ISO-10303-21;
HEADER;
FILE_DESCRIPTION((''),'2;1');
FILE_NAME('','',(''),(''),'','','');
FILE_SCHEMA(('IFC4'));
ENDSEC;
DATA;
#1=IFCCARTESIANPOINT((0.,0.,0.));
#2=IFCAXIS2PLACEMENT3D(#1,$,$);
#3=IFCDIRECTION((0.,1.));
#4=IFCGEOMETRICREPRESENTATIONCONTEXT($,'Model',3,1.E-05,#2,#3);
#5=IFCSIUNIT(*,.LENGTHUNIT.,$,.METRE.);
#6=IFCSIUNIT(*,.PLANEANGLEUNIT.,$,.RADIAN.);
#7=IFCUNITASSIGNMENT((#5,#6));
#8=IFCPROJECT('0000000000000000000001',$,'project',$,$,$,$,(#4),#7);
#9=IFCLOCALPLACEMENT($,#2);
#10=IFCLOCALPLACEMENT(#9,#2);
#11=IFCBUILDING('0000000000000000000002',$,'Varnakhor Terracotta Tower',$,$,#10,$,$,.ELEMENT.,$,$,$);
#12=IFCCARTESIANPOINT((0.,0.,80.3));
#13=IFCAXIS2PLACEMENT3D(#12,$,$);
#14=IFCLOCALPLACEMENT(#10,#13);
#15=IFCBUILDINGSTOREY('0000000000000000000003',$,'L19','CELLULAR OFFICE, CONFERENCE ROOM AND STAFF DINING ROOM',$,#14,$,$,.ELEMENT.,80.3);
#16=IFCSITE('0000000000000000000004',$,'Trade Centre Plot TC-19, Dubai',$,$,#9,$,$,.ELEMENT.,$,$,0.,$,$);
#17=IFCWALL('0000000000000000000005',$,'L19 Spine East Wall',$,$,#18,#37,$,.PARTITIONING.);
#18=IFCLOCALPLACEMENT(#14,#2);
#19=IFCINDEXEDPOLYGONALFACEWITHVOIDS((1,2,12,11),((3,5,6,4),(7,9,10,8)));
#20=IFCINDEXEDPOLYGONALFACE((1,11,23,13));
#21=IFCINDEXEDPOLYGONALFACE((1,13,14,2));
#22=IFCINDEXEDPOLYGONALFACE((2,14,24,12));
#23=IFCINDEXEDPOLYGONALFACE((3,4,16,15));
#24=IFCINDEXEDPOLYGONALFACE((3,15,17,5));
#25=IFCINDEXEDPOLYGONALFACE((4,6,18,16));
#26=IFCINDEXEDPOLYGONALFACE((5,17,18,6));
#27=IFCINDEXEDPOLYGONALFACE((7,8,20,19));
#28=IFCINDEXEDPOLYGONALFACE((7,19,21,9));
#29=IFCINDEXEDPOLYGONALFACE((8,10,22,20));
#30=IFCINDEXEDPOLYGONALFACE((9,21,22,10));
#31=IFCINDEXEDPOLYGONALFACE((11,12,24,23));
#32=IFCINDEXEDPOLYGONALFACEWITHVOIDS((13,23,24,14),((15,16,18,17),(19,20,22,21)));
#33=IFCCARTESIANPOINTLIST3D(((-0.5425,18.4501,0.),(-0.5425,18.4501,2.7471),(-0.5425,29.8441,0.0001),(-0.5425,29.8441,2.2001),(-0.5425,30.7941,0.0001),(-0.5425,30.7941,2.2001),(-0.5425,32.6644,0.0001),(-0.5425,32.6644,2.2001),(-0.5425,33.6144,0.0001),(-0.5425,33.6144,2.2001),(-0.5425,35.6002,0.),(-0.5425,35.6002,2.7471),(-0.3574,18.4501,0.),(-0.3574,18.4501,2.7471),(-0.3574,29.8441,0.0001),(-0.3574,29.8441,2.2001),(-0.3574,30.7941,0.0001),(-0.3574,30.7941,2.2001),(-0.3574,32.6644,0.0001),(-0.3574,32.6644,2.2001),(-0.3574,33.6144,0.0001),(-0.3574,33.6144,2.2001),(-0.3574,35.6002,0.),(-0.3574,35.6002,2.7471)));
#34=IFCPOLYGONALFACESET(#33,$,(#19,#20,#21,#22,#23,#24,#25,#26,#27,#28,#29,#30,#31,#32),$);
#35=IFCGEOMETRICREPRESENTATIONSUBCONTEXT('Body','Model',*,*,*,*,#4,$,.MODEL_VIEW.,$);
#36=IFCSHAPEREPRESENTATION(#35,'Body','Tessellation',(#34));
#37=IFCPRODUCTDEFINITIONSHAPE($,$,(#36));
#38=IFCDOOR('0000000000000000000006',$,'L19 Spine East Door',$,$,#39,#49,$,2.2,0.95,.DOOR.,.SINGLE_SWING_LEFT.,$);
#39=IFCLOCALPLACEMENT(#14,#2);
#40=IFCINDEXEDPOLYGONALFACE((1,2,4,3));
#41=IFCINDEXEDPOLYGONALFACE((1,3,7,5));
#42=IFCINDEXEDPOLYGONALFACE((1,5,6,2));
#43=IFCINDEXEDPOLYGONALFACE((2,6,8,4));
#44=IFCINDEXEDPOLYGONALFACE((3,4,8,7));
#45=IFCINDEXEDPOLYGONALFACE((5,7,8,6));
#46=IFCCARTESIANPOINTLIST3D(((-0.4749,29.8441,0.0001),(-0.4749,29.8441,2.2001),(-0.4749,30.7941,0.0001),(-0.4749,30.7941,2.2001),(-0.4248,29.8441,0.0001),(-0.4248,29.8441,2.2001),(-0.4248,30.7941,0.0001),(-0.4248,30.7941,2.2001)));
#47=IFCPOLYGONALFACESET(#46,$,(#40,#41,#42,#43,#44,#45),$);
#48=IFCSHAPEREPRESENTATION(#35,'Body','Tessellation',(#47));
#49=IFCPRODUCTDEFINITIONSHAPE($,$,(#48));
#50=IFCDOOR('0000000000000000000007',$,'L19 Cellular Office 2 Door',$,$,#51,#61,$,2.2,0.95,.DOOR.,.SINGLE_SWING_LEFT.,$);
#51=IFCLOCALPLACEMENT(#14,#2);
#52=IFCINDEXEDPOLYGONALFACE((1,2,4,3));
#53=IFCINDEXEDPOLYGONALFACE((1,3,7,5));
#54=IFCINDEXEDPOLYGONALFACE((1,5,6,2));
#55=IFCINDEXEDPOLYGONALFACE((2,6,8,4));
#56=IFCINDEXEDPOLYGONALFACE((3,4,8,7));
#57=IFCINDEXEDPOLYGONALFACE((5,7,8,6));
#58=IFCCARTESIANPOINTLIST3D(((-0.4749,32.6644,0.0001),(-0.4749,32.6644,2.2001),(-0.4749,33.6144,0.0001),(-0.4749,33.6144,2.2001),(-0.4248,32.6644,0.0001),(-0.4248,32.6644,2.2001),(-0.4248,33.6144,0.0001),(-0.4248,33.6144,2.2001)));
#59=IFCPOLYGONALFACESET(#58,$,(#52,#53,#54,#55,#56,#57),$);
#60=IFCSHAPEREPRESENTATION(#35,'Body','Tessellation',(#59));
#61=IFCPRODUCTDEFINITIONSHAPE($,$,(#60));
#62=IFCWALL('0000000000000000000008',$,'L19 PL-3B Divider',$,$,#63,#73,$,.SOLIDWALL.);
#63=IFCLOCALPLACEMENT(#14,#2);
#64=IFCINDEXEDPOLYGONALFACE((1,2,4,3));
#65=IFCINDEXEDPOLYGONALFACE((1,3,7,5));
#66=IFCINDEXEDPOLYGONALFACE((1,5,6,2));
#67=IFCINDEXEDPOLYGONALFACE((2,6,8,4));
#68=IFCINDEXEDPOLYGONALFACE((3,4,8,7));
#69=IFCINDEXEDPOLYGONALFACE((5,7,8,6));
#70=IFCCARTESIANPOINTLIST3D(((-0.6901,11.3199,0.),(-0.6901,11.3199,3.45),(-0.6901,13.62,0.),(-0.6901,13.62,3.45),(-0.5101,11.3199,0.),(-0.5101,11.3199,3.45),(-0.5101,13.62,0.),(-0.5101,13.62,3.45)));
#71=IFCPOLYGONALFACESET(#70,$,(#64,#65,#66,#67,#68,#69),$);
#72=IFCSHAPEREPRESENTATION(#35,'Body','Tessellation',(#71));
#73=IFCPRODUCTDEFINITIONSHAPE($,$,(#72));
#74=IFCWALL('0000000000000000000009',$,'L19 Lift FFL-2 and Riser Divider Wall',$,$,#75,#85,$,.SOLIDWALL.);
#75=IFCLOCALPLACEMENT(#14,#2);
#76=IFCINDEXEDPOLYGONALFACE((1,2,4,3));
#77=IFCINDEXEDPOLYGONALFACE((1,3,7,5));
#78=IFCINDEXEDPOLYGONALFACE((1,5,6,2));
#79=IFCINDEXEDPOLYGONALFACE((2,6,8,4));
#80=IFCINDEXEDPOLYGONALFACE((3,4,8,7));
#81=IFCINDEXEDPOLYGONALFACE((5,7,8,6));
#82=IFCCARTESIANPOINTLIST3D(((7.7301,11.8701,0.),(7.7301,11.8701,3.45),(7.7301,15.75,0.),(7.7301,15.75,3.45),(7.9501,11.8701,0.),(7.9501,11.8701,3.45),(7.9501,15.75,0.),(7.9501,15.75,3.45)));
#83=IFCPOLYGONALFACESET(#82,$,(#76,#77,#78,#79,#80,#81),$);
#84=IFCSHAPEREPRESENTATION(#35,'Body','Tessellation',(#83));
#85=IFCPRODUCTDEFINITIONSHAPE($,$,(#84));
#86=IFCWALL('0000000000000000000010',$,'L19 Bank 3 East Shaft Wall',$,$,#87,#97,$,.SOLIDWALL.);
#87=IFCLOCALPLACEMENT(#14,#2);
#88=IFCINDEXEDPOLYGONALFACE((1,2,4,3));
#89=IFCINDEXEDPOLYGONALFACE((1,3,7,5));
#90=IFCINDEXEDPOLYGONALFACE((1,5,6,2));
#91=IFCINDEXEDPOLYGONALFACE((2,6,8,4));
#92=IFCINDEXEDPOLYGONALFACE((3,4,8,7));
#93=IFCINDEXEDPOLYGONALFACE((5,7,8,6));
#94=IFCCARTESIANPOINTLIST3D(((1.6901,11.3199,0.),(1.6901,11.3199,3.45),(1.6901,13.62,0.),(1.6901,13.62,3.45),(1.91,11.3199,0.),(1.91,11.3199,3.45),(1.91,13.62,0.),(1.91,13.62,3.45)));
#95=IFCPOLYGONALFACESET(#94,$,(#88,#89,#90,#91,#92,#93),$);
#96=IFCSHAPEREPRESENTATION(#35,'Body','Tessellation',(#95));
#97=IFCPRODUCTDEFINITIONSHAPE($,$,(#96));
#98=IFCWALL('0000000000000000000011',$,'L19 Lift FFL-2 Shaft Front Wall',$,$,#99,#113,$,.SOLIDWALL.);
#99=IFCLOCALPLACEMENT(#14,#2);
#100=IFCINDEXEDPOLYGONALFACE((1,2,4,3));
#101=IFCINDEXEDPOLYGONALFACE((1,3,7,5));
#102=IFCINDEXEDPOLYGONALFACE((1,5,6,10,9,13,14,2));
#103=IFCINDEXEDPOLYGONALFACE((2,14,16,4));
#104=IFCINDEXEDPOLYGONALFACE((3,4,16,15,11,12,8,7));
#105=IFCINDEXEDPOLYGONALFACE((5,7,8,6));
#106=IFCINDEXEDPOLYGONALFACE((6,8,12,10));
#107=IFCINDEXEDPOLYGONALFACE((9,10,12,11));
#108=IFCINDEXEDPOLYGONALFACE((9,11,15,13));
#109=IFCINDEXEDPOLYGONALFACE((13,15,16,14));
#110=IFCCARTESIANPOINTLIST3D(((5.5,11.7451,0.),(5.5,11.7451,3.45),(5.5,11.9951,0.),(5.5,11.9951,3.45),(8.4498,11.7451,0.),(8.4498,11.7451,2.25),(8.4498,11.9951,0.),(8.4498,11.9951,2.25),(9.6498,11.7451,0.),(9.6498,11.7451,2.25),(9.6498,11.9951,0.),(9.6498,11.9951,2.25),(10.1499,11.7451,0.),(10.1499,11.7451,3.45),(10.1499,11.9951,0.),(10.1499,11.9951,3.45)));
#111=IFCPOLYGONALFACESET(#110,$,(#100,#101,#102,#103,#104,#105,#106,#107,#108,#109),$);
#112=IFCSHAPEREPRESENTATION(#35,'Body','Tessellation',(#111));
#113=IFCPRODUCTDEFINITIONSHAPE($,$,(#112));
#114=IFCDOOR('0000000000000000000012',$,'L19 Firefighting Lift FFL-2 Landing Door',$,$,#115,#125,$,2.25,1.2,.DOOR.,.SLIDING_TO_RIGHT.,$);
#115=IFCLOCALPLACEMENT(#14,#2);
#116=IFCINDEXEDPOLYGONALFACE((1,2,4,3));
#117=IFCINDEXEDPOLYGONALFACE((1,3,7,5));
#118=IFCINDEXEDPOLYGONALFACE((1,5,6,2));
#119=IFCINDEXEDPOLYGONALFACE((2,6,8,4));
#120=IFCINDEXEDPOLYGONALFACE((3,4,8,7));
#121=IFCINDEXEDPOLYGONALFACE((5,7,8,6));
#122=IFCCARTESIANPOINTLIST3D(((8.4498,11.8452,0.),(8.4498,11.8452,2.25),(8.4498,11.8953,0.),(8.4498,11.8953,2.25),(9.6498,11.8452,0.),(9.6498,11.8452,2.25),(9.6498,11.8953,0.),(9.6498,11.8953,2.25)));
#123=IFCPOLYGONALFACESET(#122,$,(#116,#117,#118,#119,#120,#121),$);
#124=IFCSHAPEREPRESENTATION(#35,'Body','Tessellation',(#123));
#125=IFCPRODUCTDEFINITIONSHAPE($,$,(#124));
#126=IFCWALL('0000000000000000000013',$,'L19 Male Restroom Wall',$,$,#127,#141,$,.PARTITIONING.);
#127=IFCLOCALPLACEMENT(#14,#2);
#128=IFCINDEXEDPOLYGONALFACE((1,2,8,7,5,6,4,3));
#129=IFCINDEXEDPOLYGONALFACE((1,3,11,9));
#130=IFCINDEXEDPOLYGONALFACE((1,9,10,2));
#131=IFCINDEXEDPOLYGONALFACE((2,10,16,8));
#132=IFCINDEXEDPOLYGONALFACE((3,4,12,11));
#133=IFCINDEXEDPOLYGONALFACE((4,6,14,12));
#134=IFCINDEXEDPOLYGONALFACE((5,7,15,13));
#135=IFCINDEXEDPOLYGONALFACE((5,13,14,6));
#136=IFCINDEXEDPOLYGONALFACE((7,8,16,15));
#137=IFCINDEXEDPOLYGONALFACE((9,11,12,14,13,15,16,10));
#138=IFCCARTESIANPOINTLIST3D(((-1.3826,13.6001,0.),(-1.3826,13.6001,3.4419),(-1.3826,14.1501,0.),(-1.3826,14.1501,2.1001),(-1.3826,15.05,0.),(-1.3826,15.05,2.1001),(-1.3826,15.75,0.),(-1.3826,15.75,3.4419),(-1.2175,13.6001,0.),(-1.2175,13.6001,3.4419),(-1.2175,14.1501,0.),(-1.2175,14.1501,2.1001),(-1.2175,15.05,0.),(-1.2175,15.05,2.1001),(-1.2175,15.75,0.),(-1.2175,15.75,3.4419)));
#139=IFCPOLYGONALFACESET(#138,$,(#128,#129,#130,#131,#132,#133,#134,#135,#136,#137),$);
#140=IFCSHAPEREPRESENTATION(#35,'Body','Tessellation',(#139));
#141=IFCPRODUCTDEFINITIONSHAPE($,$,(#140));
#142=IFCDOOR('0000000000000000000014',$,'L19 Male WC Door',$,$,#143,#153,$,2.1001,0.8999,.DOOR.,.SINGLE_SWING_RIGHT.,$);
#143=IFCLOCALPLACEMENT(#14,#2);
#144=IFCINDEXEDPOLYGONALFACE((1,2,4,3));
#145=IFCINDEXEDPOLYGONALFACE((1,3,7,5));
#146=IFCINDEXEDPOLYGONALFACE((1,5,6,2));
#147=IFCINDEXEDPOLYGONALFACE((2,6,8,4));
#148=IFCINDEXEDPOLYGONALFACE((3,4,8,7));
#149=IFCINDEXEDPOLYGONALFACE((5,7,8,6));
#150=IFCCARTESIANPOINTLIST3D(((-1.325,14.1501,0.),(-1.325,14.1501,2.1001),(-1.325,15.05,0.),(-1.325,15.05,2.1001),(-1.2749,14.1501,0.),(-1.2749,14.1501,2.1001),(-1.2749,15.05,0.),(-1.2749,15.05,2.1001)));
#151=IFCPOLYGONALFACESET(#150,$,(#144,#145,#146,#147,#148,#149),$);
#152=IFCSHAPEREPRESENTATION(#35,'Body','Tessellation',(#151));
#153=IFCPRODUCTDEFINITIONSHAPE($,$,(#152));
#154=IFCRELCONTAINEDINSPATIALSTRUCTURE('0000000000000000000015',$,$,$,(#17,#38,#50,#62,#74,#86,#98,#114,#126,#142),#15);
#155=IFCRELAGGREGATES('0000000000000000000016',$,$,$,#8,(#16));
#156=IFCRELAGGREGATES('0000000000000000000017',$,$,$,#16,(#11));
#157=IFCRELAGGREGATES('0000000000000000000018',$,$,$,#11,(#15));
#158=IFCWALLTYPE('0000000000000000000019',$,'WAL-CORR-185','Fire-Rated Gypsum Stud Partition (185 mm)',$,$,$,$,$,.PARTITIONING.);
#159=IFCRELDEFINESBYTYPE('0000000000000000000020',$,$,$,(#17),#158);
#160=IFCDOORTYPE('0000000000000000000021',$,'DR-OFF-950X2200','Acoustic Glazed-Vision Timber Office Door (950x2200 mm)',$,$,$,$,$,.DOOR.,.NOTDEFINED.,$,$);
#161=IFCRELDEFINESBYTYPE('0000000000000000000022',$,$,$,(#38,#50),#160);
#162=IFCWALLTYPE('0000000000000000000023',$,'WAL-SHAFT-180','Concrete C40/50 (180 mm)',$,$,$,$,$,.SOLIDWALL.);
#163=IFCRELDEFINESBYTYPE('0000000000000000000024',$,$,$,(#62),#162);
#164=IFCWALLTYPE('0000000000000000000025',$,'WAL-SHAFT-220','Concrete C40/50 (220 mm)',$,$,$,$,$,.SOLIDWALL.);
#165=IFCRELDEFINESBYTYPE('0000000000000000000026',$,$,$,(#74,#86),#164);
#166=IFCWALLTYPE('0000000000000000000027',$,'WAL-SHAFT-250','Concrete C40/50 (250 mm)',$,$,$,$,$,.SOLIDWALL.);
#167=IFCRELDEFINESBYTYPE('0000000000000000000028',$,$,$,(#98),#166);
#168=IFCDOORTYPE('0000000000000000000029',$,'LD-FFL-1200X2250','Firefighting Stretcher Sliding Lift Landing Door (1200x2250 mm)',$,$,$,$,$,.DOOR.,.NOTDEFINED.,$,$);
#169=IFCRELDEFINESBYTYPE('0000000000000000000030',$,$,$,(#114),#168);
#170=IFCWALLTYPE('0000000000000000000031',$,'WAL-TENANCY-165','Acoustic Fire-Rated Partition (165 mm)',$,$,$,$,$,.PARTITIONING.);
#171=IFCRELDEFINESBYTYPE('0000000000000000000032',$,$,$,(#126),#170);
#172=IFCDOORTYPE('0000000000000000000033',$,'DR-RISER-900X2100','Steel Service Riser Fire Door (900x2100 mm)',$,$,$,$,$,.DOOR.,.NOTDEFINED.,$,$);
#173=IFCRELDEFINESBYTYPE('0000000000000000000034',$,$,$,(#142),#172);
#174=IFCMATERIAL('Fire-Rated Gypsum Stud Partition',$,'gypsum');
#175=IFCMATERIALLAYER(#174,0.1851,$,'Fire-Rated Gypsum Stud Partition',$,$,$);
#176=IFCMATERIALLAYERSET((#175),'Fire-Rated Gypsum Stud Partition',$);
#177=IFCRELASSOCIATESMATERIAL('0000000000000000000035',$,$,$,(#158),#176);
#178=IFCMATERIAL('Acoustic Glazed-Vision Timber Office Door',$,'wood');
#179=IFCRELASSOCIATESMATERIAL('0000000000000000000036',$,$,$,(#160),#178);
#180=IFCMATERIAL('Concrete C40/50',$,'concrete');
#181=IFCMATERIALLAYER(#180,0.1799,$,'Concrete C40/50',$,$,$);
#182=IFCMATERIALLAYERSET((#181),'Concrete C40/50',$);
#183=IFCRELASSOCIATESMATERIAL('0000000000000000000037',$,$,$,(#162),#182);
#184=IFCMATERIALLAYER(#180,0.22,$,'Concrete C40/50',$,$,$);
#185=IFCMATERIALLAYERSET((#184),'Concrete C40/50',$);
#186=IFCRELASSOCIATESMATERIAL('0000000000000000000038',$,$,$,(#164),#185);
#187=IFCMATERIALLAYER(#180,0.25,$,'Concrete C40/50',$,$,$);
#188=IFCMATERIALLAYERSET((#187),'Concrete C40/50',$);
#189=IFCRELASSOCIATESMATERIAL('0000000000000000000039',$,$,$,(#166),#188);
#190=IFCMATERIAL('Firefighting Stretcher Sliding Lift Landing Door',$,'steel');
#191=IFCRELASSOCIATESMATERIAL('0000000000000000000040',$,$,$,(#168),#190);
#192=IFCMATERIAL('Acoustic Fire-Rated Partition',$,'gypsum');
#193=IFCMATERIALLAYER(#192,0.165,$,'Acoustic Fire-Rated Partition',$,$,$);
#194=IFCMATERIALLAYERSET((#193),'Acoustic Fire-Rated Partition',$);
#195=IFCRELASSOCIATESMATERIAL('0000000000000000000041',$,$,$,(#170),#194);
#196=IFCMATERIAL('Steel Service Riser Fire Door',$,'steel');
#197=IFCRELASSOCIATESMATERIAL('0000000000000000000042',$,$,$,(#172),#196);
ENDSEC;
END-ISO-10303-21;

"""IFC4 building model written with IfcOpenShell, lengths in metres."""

from ifc_helpers import new_model, si_unit, direction, frame, frame_2d, origin, place, context, subcontext, project, spatial, rectangle, extrude, source, transform, mapped, material, layer, layer_set, type_object, type_shapes, element, fill, save


model = new_model("IFC4")

# Units and contexts
model_context = context("Model", 3, precision=1e-05, world=origin(), true_north=direction((0.0, 1.0)))
body_context = subcontext(model_context, "Body", "Model", "MODEL_VIEW")
ifc_project = project(units=[si_unit("LENGTHUNIT", "METRE"), si_unit("PLANEANGLEUNIT", "RADIAN")], contexts=[model_context])

# Site, building, storey
site_placement = place(None, origin())
site = spatial("IfcSite", under=ifc_project, at=site_placement, Name="Trade Centre Plot TC-19, Dubai", CompositionType="ELEMENT", RefElevation=0.0)
building_placement = place(site_placement, origin())
building = spatial("IfcBuilding", under=site, at=building_placement, Name="Varnakhor Terracotta Tower", CompositionType="ELEMENT")
storey_placement = place(building_placement, frame((0.0, 0.0, 80.3)))
storey = spatial("IfcBuildingStorey", under=building, at=storey_placement, Name="L19", Description="CELLULAR OFFICE, CONFERENCE ROOM AND STAFF DINING ROOM", CompositionType="ELEMENT", Elevation=80.3)

# Shared definitions
ifc_material_1 = material(Name="Fire-Rated Gypsum Stud Partition", Category="gypsum")
ifc_layer_1 = layer(ifc_material_1, 0.1851, Name="Fire-Rated Gypsum Stud Partition")
ifc_layer_set_1 = layer_set([ifc_layer_1], Name="Fire-Rated Gypsum Stud Partition")
wall_type_1 = type_object("IfcWallType", Name="WAL-CORR-185", Description="Fire-Rated Gypsum Stud Partition (185 mm)", PredefinedType="PARTITIONING", material=ifc_layer_set_1)
ifc_material_2 = material(Name="Acoustic Glazed-Vision Timber Office Door", Category="wood")
door_type_1 = type_object("IfcDoorType", Name="DR-OFF-950X2200", Description="Acoustic Glazed-Vision Timber Office Door (950x2200 mm)", OperationType="NOTDEFINED", PredefinedType="DOOR", material=ifc_material_2)
shared_shape_1 = source(origin(), body_context, "Body", "SweptSolid", [
    extrude(rectangle(XDim=0.95, YDim=2.2, at=frame_2d((0.4751, 1.1001))), frame((0.0, 0.0249, 0.0), z_axis=(0.0, -1.0, 0.0), x_axis=(1.0, 0.0, 0.0)), (0.0, 0.0, 1.0), 0.05),
])
type_shapes(door_type_1, [shared_shape_1])

# Wall, openings, doors
wall_1_placement = place(storey_placement, frame((-0.45, 18.45, 0.0), z_axis=(0.0, 0.0, 1.0), x_axis=(0.0, 1.0, 0.0)))
wall_1 = element("IfcWall", 1, at=wall_1_placement, inside=storey, type_object=wall_type_1, Name="L19 Spine East Wall", PredefinedType="PARTITIONING", context=body_context, shape_type="SweptSolid", body=[
    extrude(rectangle(XDim=17.1501, YDim=0.1851, at=frame_2d((8.5752, 0.0))), origin(), (0.0, 0.0, 1.0), 2.7471),
])
opening_1_placement = place(wall_1_placement, frame((11.394, 0.0, 0.0)))
opening_1 = element("IfcOpeningElement", 2, at=opening_1_placement, cuts=wall_1, PredefinedType="OPENING", context=body_context, shape_type="SweptSolid", body=[
    extrude(rectangle(XDim=0.95, YDim=2.2, at=frame_2d((0.4751, 1.1001))), frame((0.0, 0.1025, 0.0), z_axis=(0.0, -1.0, 0.0), x_axis=(1.0, 0.0, 0.0)), (0.0, 0.0, 1.0), 0.2051),
])
opening_2_placement = place(wall_1_placement, frame((14.2144, 0.0, 0.0)))
opening_2 = element("IfcOpeningElement", 3, at=opening_2_placement, cuts=wall_1, PredefinedType="OPENING", context=body_context, shape_type="SweptSolid", body=[
    extrude(rectangle(XDim=0.95, YDim=2.2, at=frame_2d((0.4751, 1.1001))), frame((0.0, 0.1025, 0.0), z_axis=(0.0, -1.0, 0.0), x_axis=(1.0, 0.0, 0.0)), (0.0, 0.0, 1.0), 0.2051),
])
door_1_placement = place(opening_1_placement, origin())
door_1 = element("IfcDoor", 4, at=door_1_placement, inside=storey, type_object=door_type_1, Name="L19 Spine East Door", OperationType="SINGLE_SWING_LEFT", OverallHeight=2.2, OverallWidth=0.95, PredefinedType="DOOR", context=body_context, shape_type="MappedRepresentation", body=[
    mapped(shared_shape_1, transform((0.0, 0.0, 0.0), scale=1.0)),
])
fill(opening_1, door_1)
door_2_placement = place(opening_2_placement, origin())
door_2 = element("IfcDoor", 5, at=door_2_placement, inside=storey, type_object=door_type_1, Name="L19 Cellular Office 2 Door", OperationType="SINGLE_SWING_LEFT", OverallHeight=2.2, OverallWidth=0.95, PredefinedType="DOOR", context=body_context, shape_type="MappedRepresentation", body=[
    mapped(shared_shape_1, transform((0.0, 0.0, 0.0), scale=1.0)),
])
fill(opening_2, door_2)

# Walls
ifc_material_3 = material(Name="Concrete C40/50", Category="concrete")
ifc_layer_2 = layer(ifc_material_3, 0.1799, Name="Concrete C40/50")
ifc_layer_set_2 = layer_set([ifc_layer_2], Name="Concrete C40/50")
wall_type_2 = type_object("IfcWallType", Name="WAL-SHAFT-180", Description="Concrete C40/50 (180 mm)", PredefinedType="SOLIDWALL", material=ifc_layer_set_2)
wall_2_placement = place(storey_placement, frame((-0.6001, 11.3201, 0.0), z_axis=(0.0, 0.0, 1.0), x_axis=(0.0, 1.0, 0.0)))
element("IfcWall", 6, at=wall_2_placement, inside=storey, type_object=wall_type_2, Name="L19 PL-3B Divider", PredefinedType="SOLIDWALL", context=body_context, shape_type="SweptSolid", body=[
    extrude(rectangle(XDim=2.3, YDim=0.1799, at=frame_2d((1.1499, 0.0))), origin(), (0.0, 0.0, 1.0), 3.45),
])
ifc_layer_3 = layer(ifc_material_3, 0.22, Name="Concrete C40/50")
ifc_layer_set_3 = layer_set([ifc_layer_3], Name="Concrete C40/50")
wall_type_3 = type_object("IfcWallType", Name="WAL-SHAFT-220", Description="Concrete C40/50 (220 mm)", PredefinedType="SOLIDWALL", material=ifc_layer_set_3)
wall_3_placement = place(storey_placement, frame((7.8401, 11.8701, 0.0), z_axis=(0.0, 0.0, 1.0), x_axis=(0.0, 1.0, 0.0)))
element("IfcWall", 7, at=wall_3_placement, inside=storey, type_object=wall_type_3, Name="L19 Lift FFL-2 and Riser Divider Wall", PredefinedType="SOLIDWALL", context=body_context, shape_type="SweptSolid", body=[
    extrude(rectangle(XDim=3.8799, YDim=0.22, at=frame_2d((1.9399, 0.0))), origin(), (0.0, 0.0, 1.0), 3.45),
])
wall_4_placement = place(storey_placement, frame((1.8, 11.3201, 0.0), z_axis=(0.0, 0.0, 1.0), x_axis=(0.0, 1.0, 0.0)))
element("IfcWall", 8, at=wall_4_placement, inside=storey, type_object=wall_type_3, Name="L19 Bank 3 East Shaft Wall", PredefinedType="SOLIDWALL", context=body_context, shape_type="SweptSolid", body=[
    extrude(rectangle(XDim=2.3, YDim=0.22, at=frame_2d((1.1499, 0.0))), origin(), (0.0, 0.0, 1.0), 3.45),
])

# Walls, openings, doors
ifc_layer_4 = layer(ifc_material_3, 0.25, Name="Concrete C40/50")
ifc_layer_set_4 = layer_set([ifc_layer_4], Name="Concrete C40/50")
wall_type_4 = type_object("IfcWallType", Name="WAL-SHAFT-250", Description="Concrete C40/50 (250 mm)", PredefinedType="SOLIDWALL", material=ifc_layer_set_4)
wall_5_placement = place(storey_placement, frame((10.1499, 11.8701, 0.0), z_axis=(0.0, 0.0, 1.0), x_axis=(-1.0, 0.0, 0.0)))
wall_5 = element("IfcWall", 9, at=wall_5_placement, inside=storey, type_object=wall_type_4, Name="L19 Lift FFL-2 Shaft Front Wall", PredefinedType="SOLIDWALL", context=body_context, shape_type="SweptSolid", body=[
    extrude(rectangle(XDim=4.6499, YDim=0.25, at=frame_2d((2.325, 0.0))), origin(), (0.0, 0.0, 1.0), 3.45),
])
opening_3_placement = place(wall_5_placement, frame((0.5, 0.0, 0.0)))
opening_3 = element("IfcOpeningElement", 10, at=opening_3_placement, cuts=wall_5, PredefinedType="OPENING", context=body_context, shape_type="SweptSolid", body=[
    extrude(rectangle(XDim=1.2, YDim=2.25, at=frame_2d((0.6001, 1.125))), frame((0.0, 0.135, 0.0), z_axis=(0.0, -1.0, 0.0), x_axis=(1.0, 0.0, 0.0)), (0.0, 0.0, 1.0), 0.27),
])
ifc_material_4 = material(Name="Firefighting Stretcher Sliding Lift Landing Door", Category="steel")
door_type_2 = type_object("IfcDoorType", Name="LD-FFL-1200X2250", Description="Firefighting Stretcher Sliding Lift Landing Door (1200x2250 mm)", OperationType="NOTDEFINED", PredefinedType="DOOR", material=ifc_material_4)
shared_shape_2 = source(origin(), body_context, "Body", "SweptSolid", [
    extrude(rectangle(XDim=1.2, YDim=2.25, at=frame_2d((0.6001, 1.125))), frame((0.0, 0.0249, 0.0), z_axis=(0.0, -1.0, 0.0), x_axis=(1.0, 0.0, 0.0)), (0.0, 0.0, 1.0), 0.05),
])
type_shapes(door_type_2, [shared_shape_2])
door_3_placement = place(opening_3_placement, origin())
door_3 = element("IfcDoor", 11, at=door_3_placement, inside=storey, type_object=door_type_2, Name="L19 Firefighting Lift FFL-2 Landing Door", OperationType="SLIDING_TO_RIGHT", OverallHeight=2.25, OverallWidth=1.2, PredefinedType="DOOR", context=body_context, shape_type="MappedRepresentation", body=[
    mapped(shared_shape_2, transform((0.0, 0.0, 0.0), scale=1.0)),
])
fill(opening_3, door_3)
ifc_material_5 = material(Name="Acoustic Fire-Rated Partition", Category="gypsum")
ifc_layer_5 = layer(ifc_material_5, 0.165, Name="Acoustic Fire-Rated Partition")
ifc_layer_set_5 = layer_set([ifc_layer_5], Name="Acoustic Fire-Rated Partition")
wall_type_5 = type_object("IfcWallType", Name="WAL-TENANCY-165", Description="Acoustic Fire-Rated Partition (165 mm)", PredefinedType="PARTITIONING", material=ifc_layer_set_5)
wall_6_placement = place(storey_placement, frame((-1.3, 13.6001, 0.0), z_axis=(0.0, 0.0, 1.0), x_axis=(0.0, 1.0, 0.0)))
wall_6 = element("IfcWall", 12, at=wall_6_placement, inside=storey, type_object=wall_type_5, Name="L19 Male Restroom Wall", PredefinedType="PARTITIONING", context=body_context, shape_type="SweptSolid", body=[
    extrude(rectangle(XDim=2.1499, YDim=0.165, at=frame_2d((1.075, 0.0))), origin(), (0.0, 0.0, 1.0), 3.4419),
])
opening_4_placement = place(wall_6_placement, frame((0.55, 0.0, 0.0)))
opening_4 = element("IfcOpeningElement", 13, at=opening_4_placement, cuts=wall_6, PredefinedType="OPENING", context=body_context, shape_type="SweptSolid", body=[
    extrude(rectangle(XDim=0.8999, YDim=2.1001, at=frame_2d((0.45, 1.05))), frame((0.0, 0.0925, 0.0), z_axis=(0.0, -1.0, 0.0), x_axis=(1.0, 0.0, 0.0)), (0.0, 0.0, 1.0), 0.1851),
])
ifc_material_6 = material(Name="Steel Service Riser Fire Door", Category="steel")
door_type_3 = type_object("IfcDoorType", Name="DR-RISER-900X2100", Description="Steel Service Riser Fire Door (900x2100 mm)", OperationType="NOTDEFINED", PredefinedType="DOOR", material=ifc_material_6)
shared_shape_3 = source(origin(), body_context, "Body", "SweptSolid", [
    extrude(rectangle(XDim=0.8999, YDim=2.1001, at=frame_2d((0.45, 1.05))), frame((0.0, 0.0249, 0.0), z_axis=(0.0, -1.0, 0.0), x_axis=(1.0, 0.0, 0.0)), (0.0, 0.0, 1.0), 0.05),
])
type_shapes(door_type_3, [shared_shape_3])
door_4_placement = place(opening_4_placement, origin())
door_4 = element("IfcDoor", 14, at=door_4_placement, inside=storey, type_object=door_type_3, Name="L19 Male WC Door", OperationType="SINGLE_SWING_RIGHT", OverallHeight=2.1001, OverallWidth=0.8999, PredefinedType="DOOR", context=body_context, shape_type="MappedRepresentation", body=[
    mapped(shared_shape_3, transform((0.0, 0.0, 0.0), scale=1.0)),
])
fill(opening_4, door_4)

save(model, "model.ifc")
